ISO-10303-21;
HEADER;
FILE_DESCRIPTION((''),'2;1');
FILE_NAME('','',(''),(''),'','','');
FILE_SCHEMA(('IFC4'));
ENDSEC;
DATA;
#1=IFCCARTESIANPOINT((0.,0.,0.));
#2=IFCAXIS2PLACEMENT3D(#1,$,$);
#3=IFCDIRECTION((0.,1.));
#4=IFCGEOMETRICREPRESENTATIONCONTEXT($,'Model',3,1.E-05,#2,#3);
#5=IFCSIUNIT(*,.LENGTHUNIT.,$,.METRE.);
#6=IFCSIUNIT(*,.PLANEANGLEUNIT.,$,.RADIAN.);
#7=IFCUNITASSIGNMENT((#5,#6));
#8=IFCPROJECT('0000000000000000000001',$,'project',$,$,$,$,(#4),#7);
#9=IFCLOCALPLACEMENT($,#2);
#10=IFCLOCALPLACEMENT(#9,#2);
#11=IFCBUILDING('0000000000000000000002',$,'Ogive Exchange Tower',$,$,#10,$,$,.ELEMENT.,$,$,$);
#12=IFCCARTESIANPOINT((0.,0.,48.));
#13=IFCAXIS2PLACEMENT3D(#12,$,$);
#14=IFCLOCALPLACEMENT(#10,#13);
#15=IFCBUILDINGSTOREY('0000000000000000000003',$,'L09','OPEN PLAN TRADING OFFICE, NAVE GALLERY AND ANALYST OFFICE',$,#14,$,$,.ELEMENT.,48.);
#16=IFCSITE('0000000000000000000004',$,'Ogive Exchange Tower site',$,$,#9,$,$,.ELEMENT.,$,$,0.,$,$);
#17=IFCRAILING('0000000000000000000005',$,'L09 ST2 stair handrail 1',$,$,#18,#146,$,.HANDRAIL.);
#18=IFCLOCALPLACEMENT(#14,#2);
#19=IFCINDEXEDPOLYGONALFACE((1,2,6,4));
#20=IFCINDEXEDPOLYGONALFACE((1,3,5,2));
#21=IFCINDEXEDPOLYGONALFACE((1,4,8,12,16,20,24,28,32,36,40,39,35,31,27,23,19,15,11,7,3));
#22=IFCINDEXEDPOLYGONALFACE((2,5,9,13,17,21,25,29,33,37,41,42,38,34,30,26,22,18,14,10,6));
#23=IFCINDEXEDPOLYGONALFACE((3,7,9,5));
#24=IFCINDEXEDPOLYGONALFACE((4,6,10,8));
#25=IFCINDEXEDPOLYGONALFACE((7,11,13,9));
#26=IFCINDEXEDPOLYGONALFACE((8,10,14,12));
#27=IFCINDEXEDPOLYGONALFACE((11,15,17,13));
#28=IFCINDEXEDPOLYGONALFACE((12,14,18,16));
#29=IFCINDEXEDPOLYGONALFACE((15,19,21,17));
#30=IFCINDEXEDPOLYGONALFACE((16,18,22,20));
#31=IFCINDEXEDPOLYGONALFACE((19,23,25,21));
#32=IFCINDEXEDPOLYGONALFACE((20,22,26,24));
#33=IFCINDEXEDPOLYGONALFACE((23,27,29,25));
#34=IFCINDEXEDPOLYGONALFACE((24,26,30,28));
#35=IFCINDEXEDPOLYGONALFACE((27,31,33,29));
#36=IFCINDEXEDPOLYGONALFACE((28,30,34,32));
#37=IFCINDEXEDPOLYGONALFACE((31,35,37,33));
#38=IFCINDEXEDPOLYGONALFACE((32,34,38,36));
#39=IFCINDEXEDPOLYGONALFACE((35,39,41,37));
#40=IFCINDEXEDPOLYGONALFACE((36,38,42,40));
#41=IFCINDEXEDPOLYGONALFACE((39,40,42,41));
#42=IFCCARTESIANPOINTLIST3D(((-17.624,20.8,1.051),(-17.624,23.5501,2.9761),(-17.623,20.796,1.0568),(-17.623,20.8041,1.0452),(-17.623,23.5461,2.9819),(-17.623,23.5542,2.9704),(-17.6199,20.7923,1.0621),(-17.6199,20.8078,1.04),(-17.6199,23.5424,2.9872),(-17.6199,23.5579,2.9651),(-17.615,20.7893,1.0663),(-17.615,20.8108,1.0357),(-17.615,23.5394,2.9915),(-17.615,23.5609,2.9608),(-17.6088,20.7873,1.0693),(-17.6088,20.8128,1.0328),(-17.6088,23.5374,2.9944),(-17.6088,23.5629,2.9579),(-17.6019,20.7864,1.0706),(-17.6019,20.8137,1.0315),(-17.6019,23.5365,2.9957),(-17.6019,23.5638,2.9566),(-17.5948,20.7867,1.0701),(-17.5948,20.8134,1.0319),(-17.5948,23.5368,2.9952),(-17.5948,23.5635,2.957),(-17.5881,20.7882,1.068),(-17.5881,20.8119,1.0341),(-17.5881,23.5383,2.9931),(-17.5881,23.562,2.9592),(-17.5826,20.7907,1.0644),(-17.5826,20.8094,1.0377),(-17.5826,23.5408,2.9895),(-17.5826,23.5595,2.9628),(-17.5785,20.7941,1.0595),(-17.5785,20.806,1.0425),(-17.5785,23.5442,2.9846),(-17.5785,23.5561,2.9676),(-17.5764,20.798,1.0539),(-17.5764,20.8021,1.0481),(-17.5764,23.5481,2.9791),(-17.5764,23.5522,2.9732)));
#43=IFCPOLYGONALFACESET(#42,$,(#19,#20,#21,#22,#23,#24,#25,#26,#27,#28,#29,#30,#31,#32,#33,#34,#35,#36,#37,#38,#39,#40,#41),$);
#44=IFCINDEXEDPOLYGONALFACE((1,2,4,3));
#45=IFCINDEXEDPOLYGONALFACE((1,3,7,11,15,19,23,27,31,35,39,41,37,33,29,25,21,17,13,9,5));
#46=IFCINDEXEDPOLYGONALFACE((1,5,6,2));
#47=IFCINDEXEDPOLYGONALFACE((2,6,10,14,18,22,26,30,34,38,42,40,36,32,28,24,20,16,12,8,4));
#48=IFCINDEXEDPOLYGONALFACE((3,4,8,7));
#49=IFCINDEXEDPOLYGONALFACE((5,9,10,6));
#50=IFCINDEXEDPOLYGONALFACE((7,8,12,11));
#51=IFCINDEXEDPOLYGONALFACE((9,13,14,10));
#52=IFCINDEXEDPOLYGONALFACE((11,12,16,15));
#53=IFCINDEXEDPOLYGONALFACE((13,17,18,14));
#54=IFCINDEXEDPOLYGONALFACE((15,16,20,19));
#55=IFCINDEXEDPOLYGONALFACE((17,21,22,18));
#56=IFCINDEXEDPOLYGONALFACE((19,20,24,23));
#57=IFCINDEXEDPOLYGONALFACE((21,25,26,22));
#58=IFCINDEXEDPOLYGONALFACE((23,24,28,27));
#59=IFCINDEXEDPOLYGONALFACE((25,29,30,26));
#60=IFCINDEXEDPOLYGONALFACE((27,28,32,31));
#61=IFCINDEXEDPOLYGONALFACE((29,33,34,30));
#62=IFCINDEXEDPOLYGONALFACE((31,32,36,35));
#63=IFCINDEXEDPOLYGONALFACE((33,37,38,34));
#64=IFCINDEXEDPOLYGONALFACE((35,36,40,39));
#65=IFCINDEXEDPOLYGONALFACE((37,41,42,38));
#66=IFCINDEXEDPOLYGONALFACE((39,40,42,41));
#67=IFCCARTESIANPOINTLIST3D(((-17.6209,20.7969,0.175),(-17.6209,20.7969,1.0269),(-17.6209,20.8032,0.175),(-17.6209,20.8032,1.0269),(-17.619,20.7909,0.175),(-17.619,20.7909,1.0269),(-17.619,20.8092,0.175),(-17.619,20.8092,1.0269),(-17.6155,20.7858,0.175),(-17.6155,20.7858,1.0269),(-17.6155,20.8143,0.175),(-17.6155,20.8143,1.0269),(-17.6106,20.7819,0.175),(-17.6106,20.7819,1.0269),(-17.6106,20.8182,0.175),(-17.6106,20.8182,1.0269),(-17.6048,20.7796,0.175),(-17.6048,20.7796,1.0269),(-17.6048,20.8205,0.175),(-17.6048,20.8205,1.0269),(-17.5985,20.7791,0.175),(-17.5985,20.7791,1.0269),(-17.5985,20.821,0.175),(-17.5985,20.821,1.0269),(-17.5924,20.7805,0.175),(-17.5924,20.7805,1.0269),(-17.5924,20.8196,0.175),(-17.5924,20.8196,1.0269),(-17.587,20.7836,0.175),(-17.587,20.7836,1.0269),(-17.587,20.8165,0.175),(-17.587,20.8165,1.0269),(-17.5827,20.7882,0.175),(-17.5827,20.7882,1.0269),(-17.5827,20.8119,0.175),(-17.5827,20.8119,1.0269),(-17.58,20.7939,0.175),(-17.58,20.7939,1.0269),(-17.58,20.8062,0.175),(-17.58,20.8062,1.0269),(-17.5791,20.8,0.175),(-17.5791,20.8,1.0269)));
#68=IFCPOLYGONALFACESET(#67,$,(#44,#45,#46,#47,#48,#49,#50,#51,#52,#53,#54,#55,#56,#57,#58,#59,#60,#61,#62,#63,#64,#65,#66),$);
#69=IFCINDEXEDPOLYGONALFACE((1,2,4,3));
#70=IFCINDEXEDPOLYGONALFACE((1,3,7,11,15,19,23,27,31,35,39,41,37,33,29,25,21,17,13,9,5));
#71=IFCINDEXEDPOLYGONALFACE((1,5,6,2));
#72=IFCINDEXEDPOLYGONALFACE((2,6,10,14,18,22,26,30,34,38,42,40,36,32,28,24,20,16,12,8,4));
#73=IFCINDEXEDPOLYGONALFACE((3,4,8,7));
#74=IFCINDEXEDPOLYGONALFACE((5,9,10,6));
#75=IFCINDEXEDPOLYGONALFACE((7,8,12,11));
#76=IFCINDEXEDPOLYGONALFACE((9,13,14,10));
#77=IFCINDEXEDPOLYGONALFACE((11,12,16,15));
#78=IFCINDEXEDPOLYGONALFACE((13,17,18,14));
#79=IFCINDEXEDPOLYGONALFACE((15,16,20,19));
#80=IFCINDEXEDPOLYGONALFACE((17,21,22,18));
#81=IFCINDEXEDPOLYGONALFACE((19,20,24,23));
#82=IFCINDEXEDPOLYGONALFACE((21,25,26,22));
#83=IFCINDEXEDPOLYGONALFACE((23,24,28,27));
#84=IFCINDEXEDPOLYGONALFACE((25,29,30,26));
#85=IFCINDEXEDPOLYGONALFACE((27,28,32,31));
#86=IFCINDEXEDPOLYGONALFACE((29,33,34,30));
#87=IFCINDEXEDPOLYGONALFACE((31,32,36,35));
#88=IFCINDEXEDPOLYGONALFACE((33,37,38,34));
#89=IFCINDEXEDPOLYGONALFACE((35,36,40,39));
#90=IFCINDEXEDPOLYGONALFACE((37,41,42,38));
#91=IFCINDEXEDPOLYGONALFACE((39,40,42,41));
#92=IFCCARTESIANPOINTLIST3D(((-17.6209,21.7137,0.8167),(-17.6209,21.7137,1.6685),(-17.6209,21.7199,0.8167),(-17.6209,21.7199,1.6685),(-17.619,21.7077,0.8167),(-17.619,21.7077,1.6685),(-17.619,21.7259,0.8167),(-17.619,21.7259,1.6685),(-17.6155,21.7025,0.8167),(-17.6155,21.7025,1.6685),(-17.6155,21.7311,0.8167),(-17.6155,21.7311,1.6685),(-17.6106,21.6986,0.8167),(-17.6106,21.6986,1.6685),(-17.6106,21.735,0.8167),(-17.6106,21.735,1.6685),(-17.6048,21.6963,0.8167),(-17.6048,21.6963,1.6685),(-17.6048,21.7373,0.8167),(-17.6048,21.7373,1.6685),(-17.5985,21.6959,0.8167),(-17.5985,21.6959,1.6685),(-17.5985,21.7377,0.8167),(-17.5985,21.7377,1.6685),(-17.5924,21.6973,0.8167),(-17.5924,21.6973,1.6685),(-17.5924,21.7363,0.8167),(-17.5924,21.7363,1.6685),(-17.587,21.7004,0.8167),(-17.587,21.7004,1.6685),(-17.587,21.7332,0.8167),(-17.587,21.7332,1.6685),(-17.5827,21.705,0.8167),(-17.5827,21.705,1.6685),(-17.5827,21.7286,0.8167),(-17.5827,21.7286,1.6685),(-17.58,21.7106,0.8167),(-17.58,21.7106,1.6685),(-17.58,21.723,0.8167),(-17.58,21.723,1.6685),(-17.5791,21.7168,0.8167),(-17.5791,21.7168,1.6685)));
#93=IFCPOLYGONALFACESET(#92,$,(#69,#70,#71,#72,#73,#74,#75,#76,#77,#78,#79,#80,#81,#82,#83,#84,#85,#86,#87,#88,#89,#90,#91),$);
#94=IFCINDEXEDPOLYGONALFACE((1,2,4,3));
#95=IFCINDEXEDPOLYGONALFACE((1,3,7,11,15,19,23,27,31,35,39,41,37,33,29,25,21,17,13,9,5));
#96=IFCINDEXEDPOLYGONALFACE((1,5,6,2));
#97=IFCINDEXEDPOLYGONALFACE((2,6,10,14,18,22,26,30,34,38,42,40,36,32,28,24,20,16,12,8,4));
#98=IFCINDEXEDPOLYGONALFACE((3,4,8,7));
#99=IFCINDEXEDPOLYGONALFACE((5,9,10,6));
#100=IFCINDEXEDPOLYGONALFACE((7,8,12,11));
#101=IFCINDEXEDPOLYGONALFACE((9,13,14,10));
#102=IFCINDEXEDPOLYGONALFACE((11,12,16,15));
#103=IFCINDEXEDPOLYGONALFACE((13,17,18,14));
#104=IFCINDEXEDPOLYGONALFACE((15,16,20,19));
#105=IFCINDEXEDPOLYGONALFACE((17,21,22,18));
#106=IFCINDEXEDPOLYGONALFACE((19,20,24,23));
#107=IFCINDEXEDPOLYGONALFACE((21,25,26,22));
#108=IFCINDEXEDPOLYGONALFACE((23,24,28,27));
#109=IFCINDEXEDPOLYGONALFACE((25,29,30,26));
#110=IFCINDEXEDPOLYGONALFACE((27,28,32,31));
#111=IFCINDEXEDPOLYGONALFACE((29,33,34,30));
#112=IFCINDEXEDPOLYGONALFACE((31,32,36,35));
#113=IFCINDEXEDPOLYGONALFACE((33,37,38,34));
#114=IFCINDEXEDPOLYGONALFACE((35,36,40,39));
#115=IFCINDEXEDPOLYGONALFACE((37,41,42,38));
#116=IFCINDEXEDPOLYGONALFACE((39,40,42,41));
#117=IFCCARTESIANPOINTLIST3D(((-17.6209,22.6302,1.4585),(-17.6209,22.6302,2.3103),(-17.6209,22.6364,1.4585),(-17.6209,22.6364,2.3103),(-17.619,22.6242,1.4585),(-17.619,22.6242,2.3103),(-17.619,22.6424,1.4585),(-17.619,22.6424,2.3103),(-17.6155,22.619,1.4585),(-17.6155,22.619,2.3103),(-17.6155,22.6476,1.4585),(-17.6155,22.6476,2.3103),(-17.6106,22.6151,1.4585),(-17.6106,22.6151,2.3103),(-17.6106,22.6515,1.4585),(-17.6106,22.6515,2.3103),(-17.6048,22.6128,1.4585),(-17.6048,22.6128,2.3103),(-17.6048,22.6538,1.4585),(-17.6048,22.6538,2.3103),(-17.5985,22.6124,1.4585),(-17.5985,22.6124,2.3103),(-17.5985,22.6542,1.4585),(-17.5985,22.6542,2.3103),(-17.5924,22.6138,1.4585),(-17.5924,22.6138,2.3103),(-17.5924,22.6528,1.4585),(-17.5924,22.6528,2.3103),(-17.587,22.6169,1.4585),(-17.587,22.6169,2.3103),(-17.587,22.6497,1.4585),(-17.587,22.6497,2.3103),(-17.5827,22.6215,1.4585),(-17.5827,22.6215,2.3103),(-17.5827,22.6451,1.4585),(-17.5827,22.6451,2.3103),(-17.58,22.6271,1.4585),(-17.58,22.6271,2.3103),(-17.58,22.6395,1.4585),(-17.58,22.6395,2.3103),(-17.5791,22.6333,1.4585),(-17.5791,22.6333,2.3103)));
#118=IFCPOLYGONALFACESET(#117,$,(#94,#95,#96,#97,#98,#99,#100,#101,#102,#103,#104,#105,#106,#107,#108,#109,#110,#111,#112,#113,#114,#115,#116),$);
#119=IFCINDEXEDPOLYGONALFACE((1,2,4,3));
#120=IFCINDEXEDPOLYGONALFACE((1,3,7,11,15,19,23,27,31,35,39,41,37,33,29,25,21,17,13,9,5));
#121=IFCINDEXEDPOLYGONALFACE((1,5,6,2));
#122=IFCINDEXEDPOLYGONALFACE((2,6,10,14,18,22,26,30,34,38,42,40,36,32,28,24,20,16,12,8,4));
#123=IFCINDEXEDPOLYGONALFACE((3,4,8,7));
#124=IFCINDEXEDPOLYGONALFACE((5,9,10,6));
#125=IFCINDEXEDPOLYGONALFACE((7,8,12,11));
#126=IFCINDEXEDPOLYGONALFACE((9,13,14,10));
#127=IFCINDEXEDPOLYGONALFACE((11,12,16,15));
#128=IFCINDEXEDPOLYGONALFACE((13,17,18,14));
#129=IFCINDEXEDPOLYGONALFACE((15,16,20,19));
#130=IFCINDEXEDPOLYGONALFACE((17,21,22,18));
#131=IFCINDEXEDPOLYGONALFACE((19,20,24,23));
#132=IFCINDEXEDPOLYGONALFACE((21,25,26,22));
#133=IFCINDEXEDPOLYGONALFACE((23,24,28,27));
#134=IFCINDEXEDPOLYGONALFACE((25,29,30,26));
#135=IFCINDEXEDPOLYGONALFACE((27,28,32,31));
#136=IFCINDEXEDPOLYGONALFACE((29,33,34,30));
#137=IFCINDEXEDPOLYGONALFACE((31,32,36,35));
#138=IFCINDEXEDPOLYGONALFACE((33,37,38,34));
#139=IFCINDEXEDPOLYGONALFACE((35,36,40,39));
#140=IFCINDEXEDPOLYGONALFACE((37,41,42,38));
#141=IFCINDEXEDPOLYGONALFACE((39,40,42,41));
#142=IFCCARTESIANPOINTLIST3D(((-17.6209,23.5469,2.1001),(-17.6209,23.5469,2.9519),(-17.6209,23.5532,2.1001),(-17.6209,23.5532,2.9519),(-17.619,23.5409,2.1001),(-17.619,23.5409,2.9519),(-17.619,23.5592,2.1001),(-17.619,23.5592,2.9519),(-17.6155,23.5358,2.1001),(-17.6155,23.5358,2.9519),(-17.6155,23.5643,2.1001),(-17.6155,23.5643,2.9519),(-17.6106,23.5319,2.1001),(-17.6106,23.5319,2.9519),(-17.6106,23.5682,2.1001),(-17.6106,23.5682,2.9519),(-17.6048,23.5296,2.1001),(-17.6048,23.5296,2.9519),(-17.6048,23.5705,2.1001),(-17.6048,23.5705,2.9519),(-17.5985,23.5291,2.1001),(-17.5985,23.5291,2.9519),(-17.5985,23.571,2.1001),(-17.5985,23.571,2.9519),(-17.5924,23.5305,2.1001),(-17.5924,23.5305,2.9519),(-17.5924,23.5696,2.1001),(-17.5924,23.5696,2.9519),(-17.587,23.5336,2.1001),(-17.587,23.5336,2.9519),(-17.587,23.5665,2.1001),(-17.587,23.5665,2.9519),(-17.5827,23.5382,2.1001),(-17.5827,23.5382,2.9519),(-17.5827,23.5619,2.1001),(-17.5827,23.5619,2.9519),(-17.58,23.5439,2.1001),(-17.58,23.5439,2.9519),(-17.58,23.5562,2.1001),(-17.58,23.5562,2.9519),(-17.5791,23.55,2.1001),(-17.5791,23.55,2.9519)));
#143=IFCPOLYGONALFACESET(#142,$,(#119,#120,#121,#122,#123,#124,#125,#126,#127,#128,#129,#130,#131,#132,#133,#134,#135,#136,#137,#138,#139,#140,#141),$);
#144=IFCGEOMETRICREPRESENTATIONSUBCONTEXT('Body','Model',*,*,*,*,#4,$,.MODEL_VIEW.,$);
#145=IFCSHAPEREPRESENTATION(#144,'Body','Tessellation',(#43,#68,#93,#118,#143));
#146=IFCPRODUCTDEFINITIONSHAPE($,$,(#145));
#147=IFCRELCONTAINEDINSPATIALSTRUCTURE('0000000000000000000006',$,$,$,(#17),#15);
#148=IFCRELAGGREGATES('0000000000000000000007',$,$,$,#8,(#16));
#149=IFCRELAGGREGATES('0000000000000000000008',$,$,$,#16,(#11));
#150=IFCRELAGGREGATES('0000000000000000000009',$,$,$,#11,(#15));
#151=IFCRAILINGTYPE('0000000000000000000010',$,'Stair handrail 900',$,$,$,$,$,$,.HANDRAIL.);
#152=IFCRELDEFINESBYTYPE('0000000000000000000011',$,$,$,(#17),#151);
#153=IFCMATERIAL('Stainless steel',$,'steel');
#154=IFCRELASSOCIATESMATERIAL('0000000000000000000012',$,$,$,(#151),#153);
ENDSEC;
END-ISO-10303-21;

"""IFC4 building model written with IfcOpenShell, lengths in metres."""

from ifc_helpers import new_model, si_unit, direction, frame, origin, origin_2d, place, context, subcontext, project, spatial, circle, extrude, material, type_object, element, save


model = new_model("IFC4")

# Units and contexts
model_context = context("Model", 3, precision=1e-05, world=origin(), true_north=direction((0.0, 1.0)))
body_context = subcontext(model_context, "Body", "Model", "MODEL_VIEW")
ifc_project = project(units=[si_unit("LENGTHUNIT", "METRE"), si_unit("PLANEANGLEUNIT", "RADIAN")], contexts=[model_context])

# Site, building, storey
site_placement = place(None, origin())
site = spatial("IfcSite", under=ifc_project, at=site_placement, Name="Ogive Exchange Tower site", CompositionType="ELEMENT", RefElevation=0.0)
building_placement = place(site_placement, origin())
building = spatial("IfcBuilding", under=site, at=building_placement, Name="Ogive Exchange Tower", CompositionType="ELEMENT")
storey_placement = place(building_placement, frame((0.0, 0.0, 48.0)))
storey = spatial("IfcBuildingStorey", under=building, at=storey_placement, Name="L09", Description="OPEN PLAN TRADING OFFICE, NAVE GALLERY AND ANALYST OFFICE", CompositionType="ELEMENT", Elevation=48.0)

# Railing
ifc_material_1 = material(Name="Stainless steel", Category="steel")
railing_type = type_object("IfcRailingType", Name="Stair handrail 900", PredefinedType="HANDRAIL", material=ifc_material_1)
railing_1_placement = place(storey_placement, frame((-17.6001, 20.8, 0.175)))
element("IfcRailing", 1, at=railing_1_placement, inside=storey, type_object=railing_type, Name="L09 ST2 stair handrail 1", PredefinedType="HANDRAIL", context=body_context, shape_type="SweptSolid", body=[
    extrude(circle(Radius=0.0239, at=origin_2d()), frame((0.0, 0.0, 0.876), z_axis=(0.0, 0.819225, 0.573472), x_axis=(-1.0, 0.0, 0.0)), (0.0, 0.0, 1.0), 3.3569),
    extrude(circle(Radius=0.021, at=origin_2d()), origin(), (0.0, 0.0, 1.0), 0.8518),
    extrude(circle(Radius=0.021, at=origin_2d()), frame((0.0, 0.9167, 0.6416)), (0.0, 0.0, 1.0), 0.8518),
    extrude(circle(Radius=0.021, at=origin_2d()), frame((0.0, 1.8333, 1.2834)), (0.0, 0.0, 1.0), 0.8518),
    extrude(circle(Radius=0.021, at=origin_2d()), frame((0.0, 2.75, 1.925)), (0.0, 0.0, 1.0), 0.8518),
])

save(model, "model.ifc")
